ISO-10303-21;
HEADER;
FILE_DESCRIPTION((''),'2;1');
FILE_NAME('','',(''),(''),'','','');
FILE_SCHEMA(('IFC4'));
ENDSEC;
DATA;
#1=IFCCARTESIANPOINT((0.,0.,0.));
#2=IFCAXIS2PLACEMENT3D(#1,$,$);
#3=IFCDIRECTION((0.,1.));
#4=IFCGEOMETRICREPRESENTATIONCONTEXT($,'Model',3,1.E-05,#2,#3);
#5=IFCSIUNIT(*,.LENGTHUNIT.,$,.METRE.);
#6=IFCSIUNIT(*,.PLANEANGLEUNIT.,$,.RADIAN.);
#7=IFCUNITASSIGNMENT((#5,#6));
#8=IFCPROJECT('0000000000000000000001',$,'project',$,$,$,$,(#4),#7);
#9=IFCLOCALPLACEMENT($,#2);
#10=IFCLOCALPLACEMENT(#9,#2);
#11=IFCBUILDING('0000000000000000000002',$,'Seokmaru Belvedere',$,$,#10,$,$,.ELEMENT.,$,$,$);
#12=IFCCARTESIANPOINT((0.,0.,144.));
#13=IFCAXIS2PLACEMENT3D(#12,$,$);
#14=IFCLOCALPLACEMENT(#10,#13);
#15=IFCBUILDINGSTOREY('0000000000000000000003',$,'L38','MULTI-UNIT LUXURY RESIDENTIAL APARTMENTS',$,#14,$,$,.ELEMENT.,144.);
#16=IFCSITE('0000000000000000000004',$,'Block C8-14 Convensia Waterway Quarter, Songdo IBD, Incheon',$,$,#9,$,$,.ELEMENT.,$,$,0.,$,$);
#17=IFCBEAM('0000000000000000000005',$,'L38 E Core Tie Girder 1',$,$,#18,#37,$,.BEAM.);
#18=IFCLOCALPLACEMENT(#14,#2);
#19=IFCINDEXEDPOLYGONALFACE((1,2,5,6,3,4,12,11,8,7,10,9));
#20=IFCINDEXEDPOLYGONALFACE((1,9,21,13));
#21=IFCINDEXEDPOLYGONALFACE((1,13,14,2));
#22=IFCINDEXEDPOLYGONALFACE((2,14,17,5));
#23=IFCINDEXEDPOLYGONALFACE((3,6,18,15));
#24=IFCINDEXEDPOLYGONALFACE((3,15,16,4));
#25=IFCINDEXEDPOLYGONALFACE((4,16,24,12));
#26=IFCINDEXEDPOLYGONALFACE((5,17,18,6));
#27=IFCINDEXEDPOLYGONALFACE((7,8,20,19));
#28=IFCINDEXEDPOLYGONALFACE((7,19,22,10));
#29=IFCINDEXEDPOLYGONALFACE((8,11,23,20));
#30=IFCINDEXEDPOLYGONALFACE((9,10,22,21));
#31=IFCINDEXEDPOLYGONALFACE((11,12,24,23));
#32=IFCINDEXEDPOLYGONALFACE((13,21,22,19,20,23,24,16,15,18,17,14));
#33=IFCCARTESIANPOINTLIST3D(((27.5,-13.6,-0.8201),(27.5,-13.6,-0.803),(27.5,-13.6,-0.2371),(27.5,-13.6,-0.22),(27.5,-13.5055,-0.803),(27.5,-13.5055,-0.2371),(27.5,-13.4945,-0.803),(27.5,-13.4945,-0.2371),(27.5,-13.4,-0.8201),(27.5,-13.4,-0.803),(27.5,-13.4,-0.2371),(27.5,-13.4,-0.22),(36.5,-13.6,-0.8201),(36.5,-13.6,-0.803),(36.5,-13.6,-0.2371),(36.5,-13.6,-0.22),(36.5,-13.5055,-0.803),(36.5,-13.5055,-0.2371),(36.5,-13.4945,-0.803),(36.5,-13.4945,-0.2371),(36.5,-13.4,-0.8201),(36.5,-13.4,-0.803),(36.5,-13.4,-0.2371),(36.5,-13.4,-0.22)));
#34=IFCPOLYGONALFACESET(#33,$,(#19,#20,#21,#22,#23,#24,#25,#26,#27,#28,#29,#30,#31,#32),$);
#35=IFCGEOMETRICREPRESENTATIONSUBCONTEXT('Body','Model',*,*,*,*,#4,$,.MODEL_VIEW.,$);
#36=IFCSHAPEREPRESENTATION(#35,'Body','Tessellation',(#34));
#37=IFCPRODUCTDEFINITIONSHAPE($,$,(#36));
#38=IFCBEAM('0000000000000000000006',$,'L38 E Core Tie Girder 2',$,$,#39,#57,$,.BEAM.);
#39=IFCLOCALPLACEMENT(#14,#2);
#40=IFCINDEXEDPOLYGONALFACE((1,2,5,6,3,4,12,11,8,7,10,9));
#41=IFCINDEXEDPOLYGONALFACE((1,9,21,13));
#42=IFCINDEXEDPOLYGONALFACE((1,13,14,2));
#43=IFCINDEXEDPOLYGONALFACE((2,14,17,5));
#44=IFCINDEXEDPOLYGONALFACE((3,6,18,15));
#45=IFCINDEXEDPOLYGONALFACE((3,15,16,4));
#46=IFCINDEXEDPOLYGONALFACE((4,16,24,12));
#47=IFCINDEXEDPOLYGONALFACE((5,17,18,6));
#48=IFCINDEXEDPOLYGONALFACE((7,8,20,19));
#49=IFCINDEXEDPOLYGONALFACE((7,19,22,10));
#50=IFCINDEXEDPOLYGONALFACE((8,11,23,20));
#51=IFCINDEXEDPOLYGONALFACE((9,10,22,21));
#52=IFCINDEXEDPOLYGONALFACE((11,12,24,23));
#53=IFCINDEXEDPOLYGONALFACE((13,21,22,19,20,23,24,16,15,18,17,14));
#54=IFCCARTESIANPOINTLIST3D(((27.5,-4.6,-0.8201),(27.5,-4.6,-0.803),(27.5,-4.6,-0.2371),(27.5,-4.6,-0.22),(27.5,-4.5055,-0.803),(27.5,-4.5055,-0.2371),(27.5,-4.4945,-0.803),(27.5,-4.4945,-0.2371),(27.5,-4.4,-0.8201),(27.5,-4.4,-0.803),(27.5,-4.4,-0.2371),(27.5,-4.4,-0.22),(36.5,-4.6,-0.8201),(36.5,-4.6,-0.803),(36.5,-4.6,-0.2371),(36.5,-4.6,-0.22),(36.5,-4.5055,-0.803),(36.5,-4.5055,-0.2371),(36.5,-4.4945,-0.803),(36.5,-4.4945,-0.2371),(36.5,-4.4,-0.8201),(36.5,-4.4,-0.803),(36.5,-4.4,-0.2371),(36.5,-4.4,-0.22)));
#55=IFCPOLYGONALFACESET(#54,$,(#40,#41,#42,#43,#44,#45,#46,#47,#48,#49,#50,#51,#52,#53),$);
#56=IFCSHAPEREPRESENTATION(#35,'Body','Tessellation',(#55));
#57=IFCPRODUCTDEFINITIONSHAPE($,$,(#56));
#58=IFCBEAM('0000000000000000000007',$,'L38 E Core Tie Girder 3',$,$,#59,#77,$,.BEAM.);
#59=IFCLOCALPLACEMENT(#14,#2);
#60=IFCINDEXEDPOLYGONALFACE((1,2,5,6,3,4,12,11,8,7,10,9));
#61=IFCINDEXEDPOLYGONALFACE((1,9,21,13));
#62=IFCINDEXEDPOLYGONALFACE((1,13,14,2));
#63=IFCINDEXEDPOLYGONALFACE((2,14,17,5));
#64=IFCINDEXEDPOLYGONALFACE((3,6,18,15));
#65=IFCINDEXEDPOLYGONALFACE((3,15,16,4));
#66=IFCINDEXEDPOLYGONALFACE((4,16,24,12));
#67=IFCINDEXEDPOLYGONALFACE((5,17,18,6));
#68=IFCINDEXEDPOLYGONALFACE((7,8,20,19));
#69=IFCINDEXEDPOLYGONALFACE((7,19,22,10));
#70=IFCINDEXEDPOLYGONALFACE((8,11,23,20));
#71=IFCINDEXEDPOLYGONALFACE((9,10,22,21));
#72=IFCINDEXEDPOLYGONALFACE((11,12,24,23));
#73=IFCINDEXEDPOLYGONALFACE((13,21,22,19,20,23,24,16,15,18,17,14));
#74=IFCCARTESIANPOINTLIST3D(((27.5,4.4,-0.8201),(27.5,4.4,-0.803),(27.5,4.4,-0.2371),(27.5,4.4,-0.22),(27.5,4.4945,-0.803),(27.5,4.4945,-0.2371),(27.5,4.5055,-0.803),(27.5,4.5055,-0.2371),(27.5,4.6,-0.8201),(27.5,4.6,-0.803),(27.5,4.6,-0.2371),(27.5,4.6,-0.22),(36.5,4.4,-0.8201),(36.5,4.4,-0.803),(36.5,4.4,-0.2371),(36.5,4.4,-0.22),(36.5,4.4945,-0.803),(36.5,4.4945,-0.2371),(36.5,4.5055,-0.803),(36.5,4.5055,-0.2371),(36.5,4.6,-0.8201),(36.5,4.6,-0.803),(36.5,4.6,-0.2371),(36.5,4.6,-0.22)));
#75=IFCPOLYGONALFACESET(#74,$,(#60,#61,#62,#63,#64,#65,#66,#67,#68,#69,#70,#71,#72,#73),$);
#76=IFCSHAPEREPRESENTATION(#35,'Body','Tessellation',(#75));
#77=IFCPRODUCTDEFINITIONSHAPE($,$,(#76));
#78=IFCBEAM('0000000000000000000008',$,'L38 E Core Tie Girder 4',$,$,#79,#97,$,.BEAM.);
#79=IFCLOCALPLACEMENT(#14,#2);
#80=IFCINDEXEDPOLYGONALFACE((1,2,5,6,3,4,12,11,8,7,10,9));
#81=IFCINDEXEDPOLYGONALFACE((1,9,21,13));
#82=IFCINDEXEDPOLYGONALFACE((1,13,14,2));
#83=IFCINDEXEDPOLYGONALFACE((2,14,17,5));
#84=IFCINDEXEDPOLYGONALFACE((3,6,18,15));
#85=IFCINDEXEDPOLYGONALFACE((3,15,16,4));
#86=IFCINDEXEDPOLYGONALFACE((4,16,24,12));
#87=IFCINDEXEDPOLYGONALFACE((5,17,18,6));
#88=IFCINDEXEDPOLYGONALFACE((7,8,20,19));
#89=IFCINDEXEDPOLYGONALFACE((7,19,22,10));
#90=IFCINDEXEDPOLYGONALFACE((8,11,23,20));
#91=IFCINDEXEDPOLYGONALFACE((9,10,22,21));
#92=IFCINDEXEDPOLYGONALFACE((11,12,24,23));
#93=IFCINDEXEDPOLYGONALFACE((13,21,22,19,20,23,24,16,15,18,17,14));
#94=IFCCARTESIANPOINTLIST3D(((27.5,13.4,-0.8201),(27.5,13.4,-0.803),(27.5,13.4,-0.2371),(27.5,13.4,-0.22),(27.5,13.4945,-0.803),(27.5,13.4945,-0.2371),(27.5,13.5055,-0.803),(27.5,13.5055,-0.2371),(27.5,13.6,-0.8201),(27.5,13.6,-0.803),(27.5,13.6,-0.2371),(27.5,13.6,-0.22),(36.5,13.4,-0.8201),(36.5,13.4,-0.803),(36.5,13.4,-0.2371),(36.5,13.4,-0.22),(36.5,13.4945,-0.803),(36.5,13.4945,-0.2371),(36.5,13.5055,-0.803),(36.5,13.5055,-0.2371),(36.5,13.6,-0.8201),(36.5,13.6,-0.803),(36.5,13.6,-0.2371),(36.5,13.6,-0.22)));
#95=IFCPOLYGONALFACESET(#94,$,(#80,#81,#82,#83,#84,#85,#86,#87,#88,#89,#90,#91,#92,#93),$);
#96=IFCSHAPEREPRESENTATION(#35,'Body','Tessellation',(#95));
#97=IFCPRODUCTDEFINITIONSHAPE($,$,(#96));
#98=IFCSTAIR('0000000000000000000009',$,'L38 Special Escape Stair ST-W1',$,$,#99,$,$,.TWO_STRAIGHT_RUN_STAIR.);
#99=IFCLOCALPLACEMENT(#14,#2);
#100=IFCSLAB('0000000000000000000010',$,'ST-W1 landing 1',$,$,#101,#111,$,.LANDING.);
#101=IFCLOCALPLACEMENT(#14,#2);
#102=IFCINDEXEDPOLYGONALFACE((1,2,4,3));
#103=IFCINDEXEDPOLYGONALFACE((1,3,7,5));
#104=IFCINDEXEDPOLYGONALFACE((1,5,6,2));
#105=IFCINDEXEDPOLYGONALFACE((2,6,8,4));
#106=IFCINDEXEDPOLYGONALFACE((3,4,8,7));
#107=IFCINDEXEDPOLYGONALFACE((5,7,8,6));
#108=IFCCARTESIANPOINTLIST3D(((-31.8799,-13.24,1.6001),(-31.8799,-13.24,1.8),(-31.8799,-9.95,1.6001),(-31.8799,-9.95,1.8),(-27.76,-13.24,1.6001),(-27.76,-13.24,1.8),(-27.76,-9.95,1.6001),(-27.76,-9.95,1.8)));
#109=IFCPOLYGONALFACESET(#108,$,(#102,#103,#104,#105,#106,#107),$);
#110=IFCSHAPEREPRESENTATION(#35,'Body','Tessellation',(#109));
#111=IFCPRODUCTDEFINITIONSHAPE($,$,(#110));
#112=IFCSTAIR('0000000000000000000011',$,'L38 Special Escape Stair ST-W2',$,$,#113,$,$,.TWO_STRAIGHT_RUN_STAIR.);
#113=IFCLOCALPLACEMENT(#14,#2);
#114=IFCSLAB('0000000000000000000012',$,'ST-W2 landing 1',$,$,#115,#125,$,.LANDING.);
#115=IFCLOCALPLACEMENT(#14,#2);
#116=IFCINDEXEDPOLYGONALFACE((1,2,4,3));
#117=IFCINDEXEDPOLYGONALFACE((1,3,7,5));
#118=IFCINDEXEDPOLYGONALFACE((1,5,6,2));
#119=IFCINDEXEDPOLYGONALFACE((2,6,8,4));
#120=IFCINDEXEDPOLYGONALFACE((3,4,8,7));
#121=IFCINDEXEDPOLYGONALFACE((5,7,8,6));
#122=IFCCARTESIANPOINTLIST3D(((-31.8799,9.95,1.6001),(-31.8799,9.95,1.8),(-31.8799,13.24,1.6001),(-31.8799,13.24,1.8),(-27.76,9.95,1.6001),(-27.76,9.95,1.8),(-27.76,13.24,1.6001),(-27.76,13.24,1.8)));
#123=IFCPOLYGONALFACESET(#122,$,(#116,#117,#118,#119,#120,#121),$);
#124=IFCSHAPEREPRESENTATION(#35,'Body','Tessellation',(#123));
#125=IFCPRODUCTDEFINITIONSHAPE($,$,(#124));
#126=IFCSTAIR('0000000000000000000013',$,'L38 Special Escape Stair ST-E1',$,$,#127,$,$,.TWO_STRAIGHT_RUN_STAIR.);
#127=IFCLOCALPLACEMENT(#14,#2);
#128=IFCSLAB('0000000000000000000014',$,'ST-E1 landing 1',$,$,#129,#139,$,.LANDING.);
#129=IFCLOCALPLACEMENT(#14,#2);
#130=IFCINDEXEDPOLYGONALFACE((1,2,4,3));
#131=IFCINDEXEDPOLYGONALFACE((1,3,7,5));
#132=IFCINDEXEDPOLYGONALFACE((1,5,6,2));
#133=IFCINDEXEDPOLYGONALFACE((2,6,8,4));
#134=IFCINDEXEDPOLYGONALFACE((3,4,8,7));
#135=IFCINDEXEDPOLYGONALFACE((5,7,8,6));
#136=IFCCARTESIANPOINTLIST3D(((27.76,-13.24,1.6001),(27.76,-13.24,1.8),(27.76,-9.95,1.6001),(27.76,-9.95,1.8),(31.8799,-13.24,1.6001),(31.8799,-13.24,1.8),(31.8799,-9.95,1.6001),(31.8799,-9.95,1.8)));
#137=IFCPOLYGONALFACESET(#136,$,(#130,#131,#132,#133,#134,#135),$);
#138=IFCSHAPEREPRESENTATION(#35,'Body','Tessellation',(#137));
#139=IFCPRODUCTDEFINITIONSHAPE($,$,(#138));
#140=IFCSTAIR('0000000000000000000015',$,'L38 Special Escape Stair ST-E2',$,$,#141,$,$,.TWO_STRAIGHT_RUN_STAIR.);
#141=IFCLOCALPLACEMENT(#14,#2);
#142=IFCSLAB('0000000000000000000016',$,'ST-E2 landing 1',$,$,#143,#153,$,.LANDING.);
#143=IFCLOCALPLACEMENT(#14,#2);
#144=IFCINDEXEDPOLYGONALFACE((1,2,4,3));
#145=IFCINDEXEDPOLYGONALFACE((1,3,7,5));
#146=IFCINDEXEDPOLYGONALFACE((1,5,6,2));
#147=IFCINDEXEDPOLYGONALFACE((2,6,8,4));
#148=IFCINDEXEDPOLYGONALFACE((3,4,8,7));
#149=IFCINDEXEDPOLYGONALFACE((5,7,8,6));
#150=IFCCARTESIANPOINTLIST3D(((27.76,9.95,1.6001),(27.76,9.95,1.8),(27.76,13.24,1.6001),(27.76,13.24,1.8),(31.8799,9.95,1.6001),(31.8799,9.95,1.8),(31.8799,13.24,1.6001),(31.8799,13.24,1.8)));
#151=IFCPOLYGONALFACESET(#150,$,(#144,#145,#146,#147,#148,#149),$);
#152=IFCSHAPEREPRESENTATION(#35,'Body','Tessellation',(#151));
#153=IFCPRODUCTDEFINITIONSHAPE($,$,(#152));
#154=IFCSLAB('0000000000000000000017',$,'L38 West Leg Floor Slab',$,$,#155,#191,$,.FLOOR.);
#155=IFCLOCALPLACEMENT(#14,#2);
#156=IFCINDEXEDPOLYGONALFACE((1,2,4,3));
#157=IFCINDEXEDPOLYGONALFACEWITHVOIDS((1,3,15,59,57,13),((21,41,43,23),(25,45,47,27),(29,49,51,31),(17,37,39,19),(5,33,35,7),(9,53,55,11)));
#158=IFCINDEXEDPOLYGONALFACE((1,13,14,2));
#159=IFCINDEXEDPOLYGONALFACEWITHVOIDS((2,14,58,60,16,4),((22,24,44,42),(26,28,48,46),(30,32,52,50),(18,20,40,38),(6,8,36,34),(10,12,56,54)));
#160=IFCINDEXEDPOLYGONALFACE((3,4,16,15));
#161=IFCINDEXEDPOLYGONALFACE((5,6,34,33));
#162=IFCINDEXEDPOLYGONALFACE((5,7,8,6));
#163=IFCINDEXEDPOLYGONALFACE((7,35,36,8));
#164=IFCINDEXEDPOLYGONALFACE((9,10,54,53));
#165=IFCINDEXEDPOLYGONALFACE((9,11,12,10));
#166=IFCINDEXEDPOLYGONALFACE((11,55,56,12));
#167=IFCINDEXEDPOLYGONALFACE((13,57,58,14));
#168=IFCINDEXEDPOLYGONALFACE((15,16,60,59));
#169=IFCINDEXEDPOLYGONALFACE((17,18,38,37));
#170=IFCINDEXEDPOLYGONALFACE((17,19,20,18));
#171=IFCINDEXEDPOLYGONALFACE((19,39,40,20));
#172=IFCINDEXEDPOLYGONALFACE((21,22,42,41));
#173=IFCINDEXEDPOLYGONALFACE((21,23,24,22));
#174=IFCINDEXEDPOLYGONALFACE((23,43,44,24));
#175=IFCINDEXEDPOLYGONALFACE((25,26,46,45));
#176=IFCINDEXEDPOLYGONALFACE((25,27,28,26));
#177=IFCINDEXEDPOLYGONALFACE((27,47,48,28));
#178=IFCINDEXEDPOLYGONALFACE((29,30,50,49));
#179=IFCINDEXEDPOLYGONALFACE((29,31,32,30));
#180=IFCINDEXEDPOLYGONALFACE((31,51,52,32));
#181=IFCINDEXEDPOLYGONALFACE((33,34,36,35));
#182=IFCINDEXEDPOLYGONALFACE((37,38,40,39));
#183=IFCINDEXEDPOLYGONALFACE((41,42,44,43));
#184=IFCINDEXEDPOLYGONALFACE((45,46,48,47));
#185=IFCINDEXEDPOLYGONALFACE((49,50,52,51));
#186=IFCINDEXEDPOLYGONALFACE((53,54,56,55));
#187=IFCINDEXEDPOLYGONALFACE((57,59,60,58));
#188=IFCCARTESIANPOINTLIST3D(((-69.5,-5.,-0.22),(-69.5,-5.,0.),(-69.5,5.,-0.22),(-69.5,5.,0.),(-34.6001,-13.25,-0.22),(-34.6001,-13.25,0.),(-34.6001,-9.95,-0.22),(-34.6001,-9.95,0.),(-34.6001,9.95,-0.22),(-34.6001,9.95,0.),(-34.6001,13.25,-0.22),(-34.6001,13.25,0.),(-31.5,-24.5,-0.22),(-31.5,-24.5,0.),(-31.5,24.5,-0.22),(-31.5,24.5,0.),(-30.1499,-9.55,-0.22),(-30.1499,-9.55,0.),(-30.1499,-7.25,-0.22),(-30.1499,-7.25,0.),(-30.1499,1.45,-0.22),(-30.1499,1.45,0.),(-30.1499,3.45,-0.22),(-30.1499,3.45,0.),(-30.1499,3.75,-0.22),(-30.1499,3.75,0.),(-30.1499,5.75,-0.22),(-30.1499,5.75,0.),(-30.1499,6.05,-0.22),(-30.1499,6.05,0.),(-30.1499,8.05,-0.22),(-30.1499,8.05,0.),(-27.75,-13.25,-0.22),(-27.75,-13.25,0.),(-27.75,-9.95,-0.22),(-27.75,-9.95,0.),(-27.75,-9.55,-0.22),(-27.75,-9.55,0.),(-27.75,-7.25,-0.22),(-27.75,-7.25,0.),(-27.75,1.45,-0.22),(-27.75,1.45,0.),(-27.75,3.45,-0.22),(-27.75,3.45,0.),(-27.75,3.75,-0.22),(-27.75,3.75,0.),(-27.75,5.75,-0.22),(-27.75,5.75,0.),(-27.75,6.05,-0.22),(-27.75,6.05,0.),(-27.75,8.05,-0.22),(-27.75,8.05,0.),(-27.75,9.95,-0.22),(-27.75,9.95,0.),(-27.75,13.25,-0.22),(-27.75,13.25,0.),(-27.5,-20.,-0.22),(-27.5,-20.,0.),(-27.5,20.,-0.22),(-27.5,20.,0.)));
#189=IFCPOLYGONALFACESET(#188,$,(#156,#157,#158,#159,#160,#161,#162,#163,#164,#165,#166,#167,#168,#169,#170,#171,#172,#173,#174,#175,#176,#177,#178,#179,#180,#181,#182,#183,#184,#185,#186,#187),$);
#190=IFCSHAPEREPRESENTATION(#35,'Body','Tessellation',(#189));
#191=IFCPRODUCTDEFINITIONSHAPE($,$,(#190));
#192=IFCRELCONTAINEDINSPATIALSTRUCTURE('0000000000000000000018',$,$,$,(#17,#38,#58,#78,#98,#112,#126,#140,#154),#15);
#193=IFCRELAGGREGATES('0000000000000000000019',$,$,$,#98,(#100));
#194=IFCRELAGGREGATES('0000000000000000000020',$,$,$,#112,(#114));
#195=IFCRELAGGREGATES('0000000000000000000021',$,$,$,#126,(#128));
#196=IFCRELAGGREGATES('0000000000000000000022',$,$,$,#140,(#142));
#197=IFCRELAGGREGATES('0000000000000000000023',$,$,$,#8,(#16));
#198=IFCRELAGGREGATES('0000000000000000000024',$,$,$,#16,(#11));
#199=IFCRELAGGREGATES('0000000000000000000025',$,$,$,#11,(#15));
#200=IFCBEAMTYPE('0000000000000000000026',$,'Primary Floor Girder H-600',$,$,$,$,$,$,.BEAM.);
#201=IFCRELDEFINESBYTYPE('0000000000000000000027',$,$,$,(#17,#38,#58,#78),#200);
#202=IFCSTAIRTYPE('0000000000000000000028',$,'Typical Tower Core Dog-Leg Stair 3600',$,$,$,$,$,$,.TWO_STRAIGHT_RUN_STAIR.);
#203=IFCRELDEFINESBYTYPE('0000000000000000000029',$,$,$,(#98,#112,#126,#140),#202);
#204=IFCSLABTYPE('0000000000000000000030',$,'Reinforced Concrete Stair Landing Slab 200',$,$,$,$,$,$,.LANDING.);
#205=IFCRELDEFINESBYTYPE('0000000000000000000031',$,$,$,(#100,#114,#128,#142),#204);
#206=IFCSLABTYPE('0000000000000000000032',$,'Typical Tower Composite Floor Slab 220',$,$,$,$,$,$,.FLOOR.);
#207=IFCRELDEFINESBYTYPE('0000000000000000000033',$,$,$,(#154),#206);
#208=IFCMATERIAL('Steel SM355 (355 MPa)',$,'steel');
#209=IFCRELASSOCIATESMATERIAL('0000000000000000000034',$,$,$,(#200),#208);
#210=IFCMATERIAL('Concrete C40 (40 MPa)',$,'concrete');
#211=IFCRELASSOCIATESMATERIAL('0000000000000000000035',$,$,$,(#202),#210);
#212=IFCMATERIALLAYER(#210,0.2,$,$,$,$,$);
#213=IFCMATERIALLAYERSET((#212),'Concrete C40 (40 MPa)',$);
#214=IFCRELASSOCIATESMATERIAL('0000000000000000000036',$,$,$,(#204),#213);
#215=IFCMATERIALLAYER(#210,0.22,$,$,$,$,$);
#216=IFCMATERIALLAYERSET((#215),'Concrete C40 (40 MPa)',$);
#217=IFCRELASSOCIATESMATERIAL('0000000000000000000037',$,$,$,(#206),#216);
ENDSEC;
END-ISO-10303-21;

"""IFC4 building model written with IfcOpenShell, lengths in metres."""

from ifc_helpers import new_model, si_unit, direction, frame, origin, origin_2d, place, context, subcontext, project, spatial, polyline, i_section, outline, extrude, source, transform, mapped, material, layer, layer_set, material_profile, profile_set, type_object, type_shapes, element, aggregate, save


model = new_model("IFC4")

# Units and contexts
model_context = context("Model", 3, precision=1e-05, world=origin(), true_north=direction((0.0, 1.0)))
body_context = subcontext(model_context, "Body", "Model", "MODEL_VIEW")
ifc_project = project(units=[si_unit("LENGTHUNIT", "METRE"), si_unit("PLANEANGLEUNIT", "RADIAN")], contexts=[model_context])

# Site, building, storey
site_placement = place(None, origin())
site = spatial("IfcSite", under=ifc_project, at=site_placement, Name="Block C8-14 Convensia Waterway Quarter, Songdo IBD, Incheon", CompositionType="ELEMENT", RefElevation=0.0)
building_placement = place(site_placement, origin())
building = spatial("IfcBuilding", under=site, at=building_placement, Name="Seokmaru Belvedere", CompositionType="ELEMENT")
storey_placement = place(building_placement, frame((0.0, 0.0, 144.0)))
storey = spatial("IfcBuildingStorey", under=building, at=storey_placement, Name="L38", Description="MULTI-UNIT LUXURY RESIDENTIAL APARTMENTS", CompositionType="ELEMENT", Elevation=144.0)

# Beams
ifc_material_1 = material(Name="Steel SM355 (355 MPa)", Category="steel")
ifc_material_profile_1 = material_profile(ifc_material_1, i_section(OverallWidth=0.2, OverallDepth=0.6001, WebThickness=0.011, FlangeThickness=0.0171, at=origin_2d()), Name="H-600x200x11x17")
ifc_profile_set_1 = profile_set([ifc_material_profile_1], Name="Steel SM355 (355 MPa)")
beam_type_1 = type_object("IfcBeamType", Name="Primary Floor Girder H-600", PredefinedType="BEAM", material=ifc_profile_set_1)
shared_shape_1 = source(origin(), body_context, "Body", "SweptSolid", [
    extrude(i_section(OverallWidth=0.2, OverallDepth=0.6001, WebThickness=0.011, FlangeThickness=0.0171, at=origin_2d()), origin(), (0.0, 0.0, 1.0), 9.0),
])
type_shapes(beam_type_1, [shared_shape_1])
for number, where, z_axis, x_axis, name in (
    (1, (27.5, -13.5, -0.52), (1.0, 0.0, 0.0), (0.0, 1.0, 0.0), "L38 E Core Tie Girder 1"),
    (2, (27.5, -4.5, -0.52), (1.0, 0.0, 0.0), (0.0, 1.0, 0.0), "L38 E Core Tie Girder 2"),
    (3, (27.5, 4.5, -0.52), (1.0, 0.0, 0.0), (0.0, 1.0, 0.0), "L38 E Core Tie Girder 3"),
    (4, (27.5, 13.5, -0.52), (1.0, 0.0, 0.0), (0.0, 1.0, 0.0), "L38 E Core Tie Girder 4"),
):
    element("IfcBeam", number, at=place(storey_placement, frame(where, z_axis=z_axis, x_axis=x_axis)), inside=storey, type_object=beam_type_1, Name=name, PredefinedType="BEAM", context=body_context, shape_type="MappedRepresentation", body=[
        mapped(shared_shape_1, transform((0.0, 0.0, 0.0), scale=1.0)),
    ])

# Stairs, slabs
ifc_material_2 = material(Name="Concrete C40 (40 MPa)", Category="concrete")
stair_type = type_object("IfcStairType", Name="Typical Tower Core Dog-Leg Stair 3600", PredefinedType="TWO_STRAIGHT_RUN_STAIR", material=ifc_material_2)
stair_1_placement = place(storey_placement, origin())
stair_1 = element("IfcStair", 5, at=stair_1_placement, inside=storey, type_object=stair_type, Name="L38 Special Escape Stair ST-W1", PredefinedType="TWO_STRAIGHT_RUN_STAIR")
ifc_layer_1 = layer(ifc_material_2, 0.2)
ifc_layer_set_1 = layer_set([ifc_layer_1], Name="Concrete C40 (40 MPa)")
slab_type_1 = type_object("IfcSlabType", Name="Reinforced Concrete Stair Landing Slab 200", PredefinedType="LANDING", material=ifc_layer_set_1)
slab_1_placement = place(storey_placement, frame((0.0, 0.0, 1.6001)))
slab_1 = element("IfcSlab", 6, at=slab_1_placement, type_object=slab_type_1, Name="ST-W1 landing 1", PredefinedType="LANDING", context=body_context, shape_type="SweptSolid", body=[
    extrude(outline(polyline([(-31.8799, -13.24), (-27.76, -13.24), (-27.76, -9.95), (-31.8799, -9.95), (-31.8799, -13.24)])), origin(), (0.0, 0.0, 1.0), 0.2),
])
aggregate(stair_1, [slab_1])
stair_2_placement = place(storey_placement, origin())
stair_2 = element("IfcStair", 7, at=stair_2_placement, inside=storey, type_object=stair_type, Name="L38 Special Escape Stair ST-W2", PredefinedType="TWO_STRAIGHT_RUN_STAIR")
slab_2_placement = place(storey_placement, frame((0.0, 0.0, 1.6001)))
slab_2 = element("IfcSlab", 8, at=slab_2_placement, type_object=slab_type_1, Name="ST-W2 landing 1", PredefinedType="LANDING", context=body_context, shape_type="SweptSolid", body=[
    extrude(outline(polyline([(-31.8799, 9.95), (-27.76, 9.95), (-27.76, 13.24), (-31.8799, 13.24), (-31.8799, 9.95)])), origin(), (0.0, 0.0, 1.0), 0.2),
])
aggregate(stair_2, [slab_2])
stair_3_placement = place(storey_placement, origin())
stair_3 = element("IfcStair", 9, at=stair_3_placement, inside=storey, type_object=stair_type, Name="L38 Special Escape Stair ST-E1", PredefinedType="TWO_STRAIGHT_RUN_STAIR")
slab_3_placement = place(storey_placement, frame((0.0, 0.0, 1.6001)))
slab_3 = element("IfcSlab", 10, at=slab_3_placement, type_object=slab_type_1, Name="ST-E1 landing 1", PredefinedType="LANDING", context=body_context, shape_type="SweptSolid", body=[
    extrude(outline(polyline([(27.76, -13.24), (31.8799, -13.24), (31.8799, -9.95), (27.76, -9.95), (27.76, -13.24)])), origin(), (0.0, 0.0, 1.0), 0.2),
])
aggregate(stair_3, [slab_3])
stair_4_placement = place(storey_placement, origin())
stair_4 = element("IfcStair", 11, at=stair_4_placement, inside=storey, type_object=stair_type, Name="L38 Special Escape Stair ST-E2", PredefinedType="TWO_STRAIGHT_RUN_STAIR")
slab_4_placement = place(storey_placement, frame((0.0, 0.0, 1.6001)))
slab_4 = element("IfcSlab", 12, at=slab_4_placement, type_object=slab_type_1, Name="ST-E2 landing 1", PredefinedType="LANDING", context=body_context, shape_type="SweptSolid", body=[
    extrude(outline(polyline([(27.76, 9.95), (31.8799, 9.95), (31.8799, 13.24), (27.76, 13.24), (27.76, 9.95)])), origin(), (0.0, 0.0, 1.0), 0.2),
])
aggregate(stair_4, [slab_4])

# Slab
ifc_layer_2 = layer(ifc_material_2, 0.22)
ifc_layer_set_2 = layer_set([ifc_layer_2], Name="Concrete C40 (40 MPa)")
slab_type_2 = type_object("IfcSlabType", Name="Typical Tower Composite Floor Slab 220", PredefinedType="FLOOR", material=ifc_layer_set_2)
slab_5_placement = place(storey_placement, frame((0.0, 0.0, -0.22)))
element("IfcSlab", 13, at=slab_5_placement, inside=storey, type_object=slab_type_2, Name="L38 West Leg Floor Slab", PredefinedType="FLOOR", context=body_context, shape_type="SweptSolid", body=[
    extrude(outline(polyline([(-27.5, -20.0), (-27.5, 20.0), (-31.5, 24.5), (-69.5, 5.0), (-69.5, -5.0), (-31.5, -24.5), (-27.5, -20.0)]), holes=[polyline([(-34.6001, -13.25), (-27.75, -13.25), (-27.75, -9.95), (-34.6001, -9.95), (-34.6001, -13.25)]), polyline([(-34.6001, 9.95), (-27.75, 9.95), (-27.75, 13.25), (-34.6001, 13.25), (-34.6001, 9.95)]), polyline([(-30.1499, -9.55), (-27.75, -9.55), (-27.75, -7.25), (-30.1499, -7.25), (-30.1499, -9.55)]), polyline([(-30.1499, 1.45), (-27.75, 1.45), (-27.75, 3.45), (-30.1499, 3.45), (-30.1499, 1.45)]), polyline([(-30.1499, 3.75), (-27.75, 3.75), (-27.75, 5.75), (-30.1499, 5.75), (-30.1499, 3.75)]), polyline([(-30.1499, 6.05), (-27.75, 6.05), (-27.75, 8.05), (-30.1499, 8.05), (-30.1499, 6.05)])]), origin(), (0.0, 0.0, 1.0), 0.22),
])

save(model, "model.ifc")
